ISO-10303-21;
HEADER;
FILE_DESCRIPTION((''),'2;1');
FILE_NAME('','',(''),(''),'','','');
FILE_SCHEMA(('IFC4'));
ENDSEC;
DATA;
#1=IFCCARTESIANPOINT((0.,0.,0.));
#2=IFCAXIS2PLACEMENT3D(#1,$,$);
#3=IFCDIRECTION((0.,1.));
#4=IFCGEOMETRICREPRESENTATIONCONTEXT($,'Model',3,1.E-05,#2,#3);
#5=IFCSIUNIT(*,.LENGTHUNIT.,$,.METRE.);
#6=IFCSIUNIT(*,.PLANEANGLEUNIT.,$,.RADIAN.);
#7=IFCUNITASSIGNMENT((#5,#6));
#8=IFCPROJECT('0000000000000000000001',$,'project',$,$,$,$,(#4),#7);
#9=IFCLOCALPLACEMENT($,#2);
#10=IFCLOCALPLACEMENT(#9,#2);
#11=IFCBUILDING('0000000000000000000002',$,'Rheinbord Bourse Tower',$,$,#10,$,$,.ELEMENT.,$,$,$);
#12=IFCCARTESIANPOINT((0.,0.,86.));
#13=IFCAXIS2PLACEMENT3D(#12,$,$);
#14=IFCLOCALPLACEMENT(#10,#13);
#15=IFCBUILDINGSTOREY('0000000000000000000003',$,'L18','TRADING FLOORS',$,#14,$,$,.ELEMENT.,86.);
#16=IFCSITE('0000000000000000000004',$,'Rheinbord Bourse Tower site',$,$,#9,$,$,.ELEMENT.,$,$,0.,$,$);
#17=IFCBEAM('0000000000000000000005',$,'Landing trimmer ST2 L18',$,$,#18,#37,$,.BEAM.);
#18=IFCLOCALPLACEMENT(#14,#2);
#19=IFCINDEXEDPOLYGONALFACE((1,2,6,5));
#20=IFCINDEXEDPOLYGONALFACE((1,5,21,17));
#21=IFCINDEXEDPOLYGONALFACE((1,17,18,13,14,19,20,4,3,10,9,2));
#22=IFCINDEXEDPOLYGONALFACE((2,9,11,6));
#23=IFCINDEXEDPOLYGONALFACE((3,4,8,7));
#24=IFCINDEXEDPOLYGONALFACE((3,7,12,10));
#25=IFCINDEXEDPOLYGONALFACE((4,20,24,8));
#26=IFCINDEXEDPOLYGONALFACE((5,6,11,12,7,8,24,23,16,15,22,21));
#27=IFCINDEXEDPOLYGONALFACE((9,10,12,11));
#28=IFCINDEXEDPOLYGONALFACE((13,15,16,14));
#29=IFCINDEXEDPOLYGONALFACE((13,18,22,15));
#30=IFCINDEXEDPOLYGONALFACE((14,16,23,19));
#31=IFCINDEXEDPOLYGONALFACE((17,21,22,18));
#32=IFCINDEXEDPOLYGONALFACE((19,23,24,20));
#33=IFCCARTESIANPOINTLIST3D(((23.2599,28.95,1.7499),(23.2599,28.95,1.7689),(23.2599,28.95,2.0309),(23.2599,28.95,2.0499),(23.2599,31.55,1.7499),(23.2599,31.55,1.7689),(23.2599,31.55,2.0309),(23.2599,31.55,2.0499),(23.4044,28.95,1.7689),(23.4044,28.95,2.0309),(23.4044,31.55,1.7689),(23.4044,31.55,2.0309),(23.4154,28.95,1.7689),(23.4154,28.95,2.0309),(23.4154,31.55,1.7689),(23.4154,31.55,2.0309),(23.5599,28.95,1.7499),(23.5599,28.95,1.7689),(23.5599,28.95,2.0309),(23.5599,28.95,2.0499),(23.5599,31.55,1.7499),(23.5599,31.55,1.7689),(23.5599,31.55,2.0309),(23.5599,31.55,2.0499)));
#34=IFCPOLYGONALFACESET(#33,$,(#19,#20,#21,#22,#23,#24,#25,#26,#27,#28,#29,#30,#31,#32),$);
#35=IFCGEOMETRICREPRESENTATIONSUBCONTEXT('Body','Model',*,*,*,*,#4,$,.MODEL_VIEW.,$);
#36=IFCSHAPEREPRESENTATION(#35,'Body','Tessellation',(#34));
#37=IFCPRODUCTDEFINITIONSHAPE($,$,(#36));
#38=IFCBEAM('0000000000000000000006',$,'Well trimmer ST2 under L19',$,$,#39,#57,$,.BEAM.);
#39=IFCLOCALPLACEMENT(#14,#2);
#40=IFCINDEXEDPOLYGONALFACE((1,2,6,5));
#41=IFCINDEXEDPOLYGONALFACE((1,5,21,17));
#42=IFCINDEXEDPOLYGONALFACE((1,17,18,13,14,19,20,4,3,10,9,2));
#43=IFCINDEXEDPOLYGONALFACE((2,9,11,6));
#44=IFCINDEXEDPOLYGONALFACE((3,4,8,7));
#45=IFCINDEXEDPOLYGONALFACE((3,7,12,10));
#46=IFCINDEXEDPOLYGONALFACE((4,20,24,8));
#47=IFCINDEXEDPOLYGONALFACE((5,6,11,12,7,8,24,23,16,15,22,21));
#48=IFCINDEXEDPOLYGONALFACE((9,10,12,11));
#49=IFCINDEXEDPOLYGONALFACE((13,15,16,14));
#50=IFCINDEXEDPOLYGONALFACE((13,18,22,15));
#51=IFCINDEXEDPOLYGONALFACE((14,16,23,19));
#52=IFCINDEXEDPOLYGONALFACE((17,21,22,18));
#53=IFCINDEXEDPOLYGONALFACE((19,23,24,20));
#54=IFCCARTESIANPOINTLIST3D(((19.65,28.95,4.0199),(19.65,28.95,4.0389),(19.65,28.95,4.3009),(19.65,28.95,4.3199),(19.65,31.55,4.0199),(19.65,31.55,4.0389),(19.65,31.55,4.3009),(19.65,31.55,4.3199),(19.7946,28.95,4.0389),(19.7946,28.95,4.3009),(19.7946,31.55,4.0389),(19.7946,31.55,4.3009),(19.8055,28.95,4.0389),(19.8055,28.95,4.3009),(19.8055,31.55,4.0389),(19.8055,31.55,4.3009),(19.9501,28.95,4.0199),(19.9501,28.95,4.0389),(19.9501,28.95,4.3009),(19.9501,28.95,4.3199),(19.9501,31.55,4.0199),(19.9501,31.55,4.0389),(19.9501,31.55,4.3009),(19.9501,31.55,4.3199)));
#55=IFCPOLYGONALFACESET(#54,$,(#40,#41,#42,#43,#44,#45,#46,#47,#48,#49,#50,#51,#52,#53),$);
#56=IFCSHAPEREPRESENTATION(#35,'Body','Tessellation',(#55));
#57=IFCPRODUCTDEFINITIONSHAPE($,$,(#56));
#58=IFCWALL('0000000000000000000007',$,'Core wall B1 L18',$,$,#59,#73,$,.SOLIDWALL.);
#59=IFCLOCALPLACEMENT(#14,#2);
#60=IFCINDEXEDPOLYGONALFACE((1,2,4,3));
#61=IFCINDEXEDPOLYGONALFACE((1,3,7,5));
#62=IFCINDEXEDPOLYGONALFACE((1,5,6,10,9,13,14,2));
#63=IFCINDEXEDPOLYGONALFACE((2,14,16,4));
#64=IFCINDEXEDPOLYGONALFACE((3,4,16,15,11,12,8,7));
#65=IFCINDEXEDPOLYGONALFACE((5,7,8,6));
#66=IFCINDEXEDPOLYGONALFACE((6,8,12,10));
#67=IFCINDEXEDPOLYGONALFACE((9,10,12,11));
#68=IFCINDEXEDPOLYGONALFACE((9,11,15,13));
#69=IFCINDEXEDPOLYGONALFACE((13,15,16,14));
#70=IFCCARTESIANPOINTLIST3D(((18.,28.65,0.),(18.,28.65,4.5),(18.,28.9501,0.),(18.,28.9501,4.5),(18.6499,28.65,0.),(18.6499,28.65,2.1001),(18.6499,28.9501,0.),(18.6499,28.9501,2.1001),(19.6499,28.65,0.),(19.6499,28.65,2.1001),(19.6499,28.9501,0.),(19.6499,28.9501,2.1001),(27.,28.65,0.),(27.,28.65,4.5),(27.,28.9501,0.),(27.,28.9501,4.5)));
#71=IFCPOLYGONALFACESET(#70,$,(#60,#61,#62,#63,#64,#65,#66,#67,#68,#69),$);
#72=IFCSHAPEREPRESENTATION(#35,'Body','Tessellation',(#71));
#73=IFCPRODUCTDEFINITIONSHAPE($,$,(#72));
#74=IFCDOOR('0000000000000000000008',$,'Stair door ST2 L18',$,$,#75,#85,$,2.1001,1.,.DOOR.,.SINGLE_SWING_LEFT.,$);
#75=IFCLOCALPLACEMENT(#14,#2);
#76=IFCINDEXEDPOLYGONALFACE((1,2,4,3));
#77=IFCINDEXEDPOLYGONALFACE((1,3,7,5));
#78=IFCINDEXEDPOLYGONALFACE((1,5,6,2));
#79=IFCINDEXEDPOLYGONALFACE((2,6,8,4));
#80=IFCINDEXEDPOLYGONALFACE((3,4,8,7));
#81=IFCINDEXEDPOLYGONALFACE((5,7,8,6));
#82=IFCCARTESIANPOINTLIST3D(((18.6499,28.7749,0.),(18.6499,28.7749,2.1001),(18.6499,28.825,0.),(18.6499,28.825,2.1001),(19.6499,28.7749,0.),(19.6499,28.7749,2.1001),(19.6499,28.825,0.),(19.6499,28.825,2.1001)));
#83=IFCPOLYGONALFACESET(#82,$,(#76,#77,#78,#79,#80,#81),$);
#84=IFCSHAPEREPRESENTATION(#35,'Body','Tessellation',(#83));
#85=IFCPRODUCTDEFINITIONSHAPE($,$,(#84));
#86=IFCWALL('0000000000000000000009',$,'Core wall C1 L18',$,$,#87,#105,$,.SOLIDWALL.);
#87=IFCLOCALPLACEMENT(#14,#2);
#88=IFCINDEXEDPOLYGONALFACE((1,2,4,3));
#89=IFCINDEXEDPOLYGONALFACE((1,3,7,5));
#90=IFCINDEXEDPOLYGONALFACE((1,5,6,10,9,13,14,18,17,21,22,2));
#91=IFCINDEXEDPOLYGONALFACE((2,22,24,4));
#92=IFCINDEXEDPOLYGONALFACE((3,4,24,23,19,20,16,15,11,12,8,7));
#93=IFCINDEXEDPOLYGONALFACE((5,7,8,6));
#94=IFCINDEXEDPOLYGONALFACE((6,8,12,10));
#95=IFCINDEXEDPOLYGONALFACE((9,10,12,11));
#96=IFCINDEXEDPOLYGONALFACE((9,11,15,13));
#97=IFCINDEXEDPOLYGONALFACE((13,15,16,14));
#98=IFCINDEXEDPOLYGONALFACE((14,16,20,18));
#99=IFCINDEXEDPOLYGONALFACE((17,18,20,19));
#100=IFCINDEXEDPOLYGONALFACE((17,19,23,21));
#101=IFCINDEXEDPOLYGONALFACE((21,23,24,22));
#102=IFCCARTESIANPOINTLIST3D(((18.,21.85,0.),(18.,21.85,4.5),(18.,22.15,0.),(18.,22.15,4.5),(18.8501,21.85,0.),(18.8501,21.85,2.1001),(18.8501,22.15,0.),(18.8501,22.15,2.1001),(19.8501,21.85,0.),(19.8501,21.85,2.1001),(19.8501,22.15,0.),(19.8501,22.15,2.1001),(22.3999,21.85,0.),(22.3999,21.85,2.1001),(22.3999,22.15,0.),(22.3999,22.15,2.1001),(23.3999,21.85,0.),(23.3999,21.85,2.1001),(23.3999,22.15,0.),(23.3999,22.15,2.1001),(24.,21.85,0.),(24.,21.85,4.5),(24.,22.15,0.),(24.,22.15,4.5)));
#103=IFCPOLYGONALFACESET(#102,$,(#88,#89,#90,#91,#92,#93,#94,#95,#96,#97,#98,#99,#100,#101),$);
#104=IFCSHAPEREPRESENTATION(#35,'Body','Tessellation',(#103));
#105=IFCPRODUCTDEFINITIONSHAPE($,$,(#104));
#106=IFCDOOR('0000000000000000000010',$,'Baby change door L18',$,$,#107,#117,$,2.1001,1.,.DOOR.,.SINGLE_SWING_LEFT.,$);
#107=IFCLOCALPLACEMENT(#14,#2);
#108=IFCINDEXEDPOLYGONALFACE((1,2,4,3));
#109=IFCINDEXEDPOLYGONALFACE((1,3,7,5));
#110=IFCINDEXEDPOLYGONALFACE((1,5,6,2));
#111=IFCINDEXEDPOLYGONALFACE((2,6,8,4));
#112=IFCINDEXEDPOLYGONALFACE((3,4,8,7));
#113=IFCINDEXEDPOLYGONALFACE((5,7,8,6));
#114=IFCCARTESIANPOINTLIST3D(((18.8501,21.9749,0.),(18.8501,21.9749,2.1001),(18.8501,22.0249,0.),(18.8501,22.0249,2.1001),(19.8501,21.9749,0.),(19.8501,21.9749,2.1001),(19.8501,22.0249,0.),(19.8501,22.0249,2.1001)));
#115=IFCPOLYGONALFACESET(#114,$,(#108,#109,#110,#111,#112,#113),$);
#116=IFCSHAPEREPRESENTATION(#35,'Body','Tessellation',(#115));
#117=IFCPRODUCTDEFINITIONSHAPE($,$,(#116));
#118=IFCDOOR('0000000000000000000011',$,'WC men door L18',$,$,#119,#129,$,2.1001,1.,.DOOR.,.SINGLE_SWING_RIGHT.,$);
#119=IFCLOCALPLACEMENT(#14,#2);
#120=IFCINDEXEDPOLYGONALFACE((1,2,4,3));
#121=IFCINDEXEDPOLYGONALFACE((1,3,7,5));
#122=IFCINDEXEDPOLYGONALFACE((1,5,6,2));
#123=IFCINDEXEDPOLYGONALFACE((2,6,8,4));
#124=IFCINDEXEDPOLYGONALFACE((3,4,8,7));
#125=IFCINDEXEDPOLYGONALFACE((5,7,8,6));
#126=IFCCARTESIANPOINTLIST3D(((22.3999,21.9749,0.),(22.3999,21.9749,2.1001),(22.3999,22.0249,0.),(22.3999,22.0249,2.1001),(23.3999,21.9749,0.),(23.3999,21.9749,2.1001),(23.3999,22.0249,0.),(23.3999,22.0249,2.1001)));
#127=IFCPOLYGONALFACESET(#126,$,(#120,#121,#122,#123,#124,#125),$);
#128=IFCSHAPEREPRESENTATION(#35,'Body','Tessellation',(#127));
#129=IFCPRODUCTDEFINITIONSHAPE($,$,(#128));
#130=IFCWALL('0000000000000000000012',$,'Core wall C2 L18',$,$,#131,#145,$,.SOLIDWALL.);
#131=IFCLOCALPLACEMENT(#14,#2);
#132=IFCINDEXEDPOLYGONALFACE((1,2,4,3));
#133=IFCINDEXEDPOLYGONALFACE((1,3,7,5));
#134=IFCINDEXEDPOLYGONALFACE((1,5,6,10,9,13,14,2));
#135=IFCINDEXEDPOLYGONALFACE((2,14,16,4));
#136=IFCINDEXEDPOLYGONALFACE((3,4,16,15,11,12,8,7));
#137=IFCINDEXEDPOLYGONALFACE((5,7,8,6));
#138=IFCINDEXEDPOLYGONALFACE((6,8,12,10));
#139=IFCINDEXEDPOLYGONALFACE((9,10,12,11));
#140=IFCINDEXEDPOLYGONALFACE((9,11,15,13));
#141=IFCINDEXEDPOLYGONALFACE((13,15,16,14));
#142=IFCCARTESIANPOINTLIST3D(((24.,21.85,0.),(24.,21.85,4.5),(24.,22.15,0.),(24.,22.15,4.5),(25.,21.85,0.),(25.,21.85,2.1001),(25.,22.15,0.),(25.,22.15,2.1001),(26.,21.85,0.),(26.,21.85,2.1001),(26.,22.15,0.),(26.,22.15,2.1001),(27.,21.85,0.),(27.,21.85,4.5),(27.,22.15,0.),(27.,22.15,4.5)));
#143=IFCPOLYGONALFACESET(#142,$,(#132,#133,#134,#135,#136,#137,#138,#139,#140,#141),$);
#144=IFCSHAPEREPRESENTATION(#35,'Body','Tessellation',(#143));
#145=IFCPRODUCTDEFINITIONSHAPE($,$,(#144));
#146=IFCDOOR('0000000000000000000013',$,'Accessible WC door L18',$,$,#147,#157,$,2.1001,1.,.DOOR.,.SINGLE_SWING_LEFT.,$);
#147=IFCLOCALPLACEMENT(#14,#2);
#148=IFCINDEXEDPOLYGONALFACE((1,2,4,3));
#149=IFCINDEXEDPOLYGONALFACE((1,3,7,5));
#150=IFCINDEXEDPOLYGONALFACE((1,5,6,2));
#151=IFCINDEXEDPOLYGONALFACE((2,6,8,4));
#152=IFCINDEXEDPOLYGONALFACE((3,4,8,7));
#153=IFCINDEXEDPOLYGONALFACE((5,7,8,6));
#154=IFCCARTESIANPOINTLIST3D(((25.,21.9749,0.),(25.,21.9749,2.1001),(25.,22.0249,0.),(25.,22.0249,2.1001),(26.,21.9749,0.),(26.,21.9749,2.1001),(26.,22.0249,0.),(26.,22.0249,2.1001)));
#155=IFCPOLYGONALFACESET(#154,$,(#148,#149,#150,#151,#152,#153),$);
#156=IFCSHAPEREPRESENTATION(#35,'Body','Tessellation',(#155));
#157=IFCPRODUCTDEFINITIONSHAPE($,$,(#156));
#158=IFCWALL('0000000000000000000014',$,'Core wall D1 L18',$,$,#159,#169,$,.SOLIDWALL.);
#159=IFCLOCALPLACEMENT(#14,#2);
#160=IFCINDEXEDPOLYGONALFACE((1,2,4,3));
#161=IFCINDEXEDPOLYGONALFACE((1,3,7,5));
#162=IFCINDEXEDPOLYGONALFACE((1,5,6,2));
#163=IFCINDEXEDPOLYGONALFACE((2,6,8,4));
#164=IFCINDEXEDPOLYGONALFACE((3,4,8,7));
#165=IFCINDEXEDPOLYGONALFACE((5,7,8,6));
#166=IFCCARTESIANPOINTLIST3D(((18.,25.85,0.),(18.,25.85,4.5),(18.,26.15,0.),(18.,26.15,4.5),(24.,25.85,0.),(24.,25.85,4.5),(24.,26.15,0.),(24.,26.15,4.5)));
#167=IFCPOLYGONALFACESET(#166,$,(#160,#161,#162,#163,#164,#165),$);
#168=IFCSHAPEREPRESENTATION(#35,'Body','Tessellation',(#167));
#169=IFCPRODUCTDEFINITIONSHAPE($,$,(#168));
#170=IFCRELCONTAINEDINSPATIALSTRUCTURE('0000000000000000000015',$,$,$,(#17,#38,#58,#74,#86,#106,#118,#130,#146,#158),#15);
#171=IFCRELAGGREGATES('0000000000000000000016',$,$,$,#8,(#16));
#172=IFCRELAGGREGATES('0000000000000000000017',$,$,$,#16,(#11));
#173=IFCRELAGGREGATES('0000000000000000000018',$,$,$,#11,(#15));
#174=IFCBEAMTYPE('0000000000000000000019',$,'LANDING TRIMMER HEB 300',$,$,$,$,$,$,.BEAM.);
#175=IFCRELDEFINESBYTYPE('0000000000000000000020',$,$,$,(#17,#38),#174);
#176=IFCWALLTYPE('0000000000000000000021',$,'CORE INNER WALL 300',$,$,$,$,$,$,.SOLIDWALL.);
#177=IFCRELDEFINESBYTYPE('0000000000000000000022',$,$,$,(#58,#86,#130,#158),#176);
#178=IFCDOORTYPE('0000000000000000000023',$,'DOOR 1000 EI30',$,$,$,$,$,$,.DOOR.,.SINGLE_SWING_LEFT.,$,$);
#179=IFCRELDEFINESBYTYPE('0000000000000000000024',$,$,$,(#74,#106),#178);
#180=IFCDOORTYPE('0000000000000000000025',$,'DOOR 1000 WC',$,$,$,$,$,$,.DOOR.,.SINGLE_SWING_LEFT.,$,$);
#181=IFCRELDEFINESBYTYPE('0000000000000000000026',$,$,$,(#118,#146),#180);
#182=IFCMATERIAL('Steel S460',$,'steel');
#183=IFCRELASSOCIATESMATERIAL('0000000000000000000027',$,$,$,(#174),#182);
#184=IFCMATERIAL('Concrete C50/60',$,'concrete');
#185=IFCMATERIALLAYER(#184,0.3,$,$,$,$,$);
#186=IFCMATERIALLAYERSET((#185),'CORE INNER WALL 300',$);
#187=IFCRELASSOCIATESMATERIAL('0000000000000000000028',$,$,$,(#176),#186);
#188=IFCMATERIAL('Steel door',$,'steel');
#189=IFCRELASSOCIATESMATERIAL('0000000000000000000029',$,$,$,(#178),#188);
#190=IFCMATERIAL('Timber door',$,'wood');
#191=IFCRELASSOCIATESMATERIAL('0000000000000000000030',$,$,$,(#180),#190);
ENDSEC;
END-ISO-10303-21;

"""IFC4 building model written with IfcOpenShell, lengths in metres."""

from ifc_helpers import new_model, si_unit, direction, frame, frame_2d, origin, origin_2d, place, context, subcontext, project, spatial, rectangle, i_section, extrude, material, layer, layer_set, material_profile, profile_set, type_object, element, fill, save


model = new_model("IFC4")

# Units and contexts
model_context = context("Model", 3, precision=1e-05, world=origin(), true_north=direction((0.0, 1.0)))
body_context = subcontext(model_context, "Body", "Model", "MODEL_VIEW")
ifc_project = project(units=[si_unit("LENGTHUNIT", "METRE"), si_unit("PLANEANGLEUNIT", "RADIAN")], contexts=[model_context])

# Site, building, storey
site_placement = place(None, origin())
site = spatial("IfcSite", under=ifc_project, at=site_placement, Name="Rheinbord Bourse Tower site", CompositionType="ELEMENT", RefElevation=0.0)
building_placement = place(site_placement, origin())
building = spatial("IfcBuilding", under=site, at=building_placement, Name="Rheinbord Bourse Tower", CompositionType="ELEMENT")
storey_placement = place(building_placement, frame((0.0, 0.0, 86.0)))
storey = spatial("IfcBuildingStorey", under=building, at=storey_placement, Name="L18", Description="TRADING FLOORS", CompositionType="ELEMENT", Elevation=86.0)

# Beams
ifc_material_1 = material(Name="Steel S460", Category="steel")
ifc_material_profile = material_profile(ifc_material_1, i_section(OverallWidth=0.3, OverallDepth=0.3, WebThickness=0.011, FlangeThickness=0.019, at=origin_2d()), Name="HEB 300")
ifc_profile_set = profile_set([ifc_material_profile], Name="Steel S460")
beam_type = type_object("IfcBeamType", Name="LANDING TRIMMER HEB 300", PredefinedType="BEAM", material=ifc_profile_set)
for number, where, z_axis, x_axis, name in (
    (1, (23.4099, 28.95, 1.8999), (0.0, 1.0, 0.0), (-1.0, 0.0, 0.0), "Landing trimmer ST2 L18"),
    (2, (19.8, 28.95, 4.1699), (0.0, 1.0, 0.0), (-1.0, 0.0, 0.0), "Well trimmer ST2 under L19"),
):
    element("IfcBeam", number, at=place(storey_placement, frame(where, z_axis=z_axis, x_axis=x_axis)), inside=storey, type_object=beam_type, Name=name, PredefinedType="BEAM", context=body_context, shape_type="SweptSolid", body=[
        extrude(i_section(OverallWidth=0.3, OverallDepth=0.3, WebThickness=0.011, FlangeThickness=0.019, at=origin_2d()), origin(), (0.0, 0.0, 1.0), 2.6001),
    ])

# Wall, opening, door
ifc_material_2 = material(Name="Concrete C50/60", Category="concrete")
ifc_layer_1 = layer(ifc_material_2, 0.3)
ifc_layer_set_1 = layer_set([ifc_layer_1], Name="CORE INNER WALL 300")
wall_type_1 = type_object("IfcWallType", Name="CORE INNER WALL 300", PredefinedType="SOLIDWALL", material=ifc_layer_set_1)
wall_1_placement = place(storey_placement, frame((18.0, 28.8, 0.0), z_axis=(0.0, 0.0, 1.0), x_axis=(1.0, 0.0, 0.0)))
wall_1 = element("IfcWall", 3, at=wall_1_placement, inside=storey, type_object=wall_type_1, Name="Core wall B1 L18", PredefinedType="SOLIDWALL", context=body_context, shape_type="SweptSolid", body=[
    extrude(rectangle(XDim=9.0, YDim=0.3, at=frame_2d((4.5, 0.0))), origin(), (0.0, 0.0, 1.0), 4.5),
])
opening_1_placement = place(wall_1_placement, frame((0.6499, 0.0, 0.0)))
opening_1 = element("IfcOpeningElement", 4, at=opening_1_placement, cuts=wall_1, PredefinedType="OPENING", context=body_context, shape_type="SweptSolid", body=[
    extrude(rectangle(XDim=1.0, YDim=2.1001, at=frame_2d((0.5, 1.05))), frame((0.0, 0.1599, 0.0), z_axis=(0.0, -1.0, 0.0), x_axis=(1.0, 0.0, 0.0)), (0.0, 0.0, 1.0), 0.3201),
])
ifc_material_3 = material(Name="Steel door", Category="steel")
door_type_1 = type_object("IfcDoorType", Name="DOOR 1000 EI30", OperationType="SINGLE_SWING_LEFT", PredefinedType="DOOR", material=ifc_material_3)
door_1_placement = place(opening_1_placement, origin())
door_1 = element("IfcDoor", 5, at=door_1_placement, inside=storey, type_object=door_type_1, Name="Stair door ST2 L18", OperationType="SINGLE_SWING_LEFT", OverallHeight=2.1001, OverallWidth=1.0, PredefinedType="DOOR", context=body_context, shape_type="SweptSolid", body=[
    extrude(rectangle(XDim=1.0, YDim=2.1001, at=frame_2d((0.5, 1.05))), frame((0.0, 0.0249, 0.0), z_axis=(0.0, -1.0, 0.0), x_axis=(1.0, 0.0, 0.0)), (0.0, 0.0, 1.0), 0.05),
])
fill(opening_1, door_1)

# Wall, openings, doors
wall_2_placement = place(storey_placement, frame((18.0, 22.0, 0.0), z_axis=(0.0, 0.0, 1.0), x_axis=(1.0, 0.0, 0.0)))
wall_2 = element("IfcWall", 6, at=wall_2_placement, inside=storey, type_object=wall_type_1, Name="Core wall C1 L18", PredefinedType="SOLIDWALL", context=body_context, shape_type="SweptSolid", body=[
    extrude(rectangle(XDim=6.0, YDim=0.3, at=frame_2d((3.0, 0.0))), origin(), (0.0, 0.0, 1.0), 4.5),
])
opening_2_placement = place(wall_2_placement, frame((4.3999, 0.0, 0.0)))
opening_2 = element("IfcOpeningElement", 7, at=opening_2_placement, cuts=wall_2, PredefinedType="OPENING", context=body_context, shape_type="SweptSolid", body=[
    extrude(rectangle(XDim=1.0, YDim=2.1001, at=frame_2d((0.5, 1.05))), frame((0.0, 0.1599, 0.0), z_axis=(0.0, -1.0, 0.0), x_axis=(1.0, 0.0, 0.0)), (0.0, 0.0, 1.0), 0.3201),
])
opening_3_placement = place(wall_2_placement, frame((0.8501, 0.0, 0.0)))
opening_3 = element("IfcOpeningElement", 8, at=opening_3_placement, cuts=wall_2, PredefinedType="OPENING", context=body_context, shape_type="SweptSolid", body=[
    extrude(rectangle(XDim=1.0, YDim=2.1001, at=frame_2d((0.5, 1.05))), frame((0.0, 0.1599, 0.0), z_axis=(0.0, -1.0, 0.0), x_axis=(1.0, 0.0, 0.0)), (0.0, 0.0, 1.0), 0.3201),
])
door_2_placement = place(opening_3_placement, origin())
door_2 = element("IfcDoor", 9, at=door_2_placement, inside=storey, type_object=door_type_1, Name="Baby change door L18", OperationType="SINGLE_SWING_LEFT", OverallHeight=2.1001, OverallWidth=1.0, PredefinedType="DOOR", context=body_context, shape_type="SweptSolid", body=[
    extrude(rectangle(XDim=1.0, YDim=2.1001, at=frame_2d((0.5, 1.05))), frame((0.0, 0.0249, 0.0), z_axis=(0.0, -1.0, 0.0), x_axis=(1.0, 0.0, 0.0)), (0.0, 0.0, 1.0), 0.05),
])
fill(opening_3, door_2)
ifc_material_4 = material(Name="Timber door", Category="wood")
door_type_2 = type_object("IfcDoorType", Name="DOOR 1000 WC", OperationType="SINGLE_SWING_LEFT", PredefinedType="DOOR", material=ifc_material_4)
door_3_placement = place(opening_2_placement, origin())
door_3 = element("IfcDoor", 10, at=door_3_placement, inside=storey, type_object=door_type_2, Name="WC men door L18", OperationType="SINGLE_SWING_RIGHT", OverallHeight=2.1001, OverallWidth=1.0, PredefinedType="DOOR", context=body_context, shape_type="SweptSolid", body=[
    extrude(rectangle(XDim=1.0, YDim=2.1001, at=frame_2d((0.5, 1.05))), frame((0.0, 0.0249, 0.0), z_axis=(0.0, -1.0, 0.0), x_axis=(1.0, 0.0, 0.0)), (0.0, 0.0, 1.0), 0.05),
])
fill(opening_2, door_3)

# Wall, opening, door
wall_3_placement = place(storey_placement, frame((24.0, 22.0, 0.0), z_axis=(0.0, 0.0, 1.0), x_axis=(1.0, 0.0, 0.0)))
wall_3 = element("IfcWall", 11, at=wall_3_placement, inside=storey, type_object=wall_type_1, Name="Core wall C2 L18", PredefinedType="SOLIDWALL", context=body_context, shape_type="SweptSolid", body=[
    extrude(rectangle(XDim=3.0, YDim=0.3, at=frame_2d((1.5, 0.0))), origin(), (0.0, 0.0, 1.0), 4.5),
])
opening_4_placement = place(wall_3_placement, frame((1.0, 0.0, 0.0)))
opening_4 = element("IfcOpeningElement", 12, at=opening_4_placement, cuts=wall_3, PredefinedType="OPENING", context=body_context, shape_type="SweptSolid", body=[
    extrude(rectangle(XDim=1.0, YDim=2.1001, at=frame_2d((0.5, 1.05))), frame((0.0, 0.1599, 0.0), z_axis=(0.0, -1.0, 0.0), x_axis=(1.0, 0.0, 0.0)), (0.0, 0.0, 1.0), 0.3201),
])
door_4_placement = place(opening_4_placement, origin())
door_4 = element("IfcDoor", 13, at=door_4_placement, inside=storey, type_object=door_type_2, Name="Accessible WC door L18", OperationType="SINGLE_SWING_LEFT", OverallHeight=2.1001, OverallWidth=1.0, PredefinedType="DOOR", context=body_context, shape_type="SweptSolid", body=[
    extrude(rectangle(XDim=1.0, YDim=2.1001, at=frame_2d((0.5, 1.05))), frame((0.0, 0.0249, 0.0), z_axis=(0.0, -1.0, 0.0), x_axis=(1.0, 0.0, 0.0)), (0.0, 0.0, 1.0), 0.05),
])
fill(opening_4, door_4)

# Wall
wall_4_placement = place(storey_placement, frame((18.0, 26.0, 0.0), z_axis=(0.0, 0.0, 1.0), x_axis=(1.0, 0.0, 0.0)))
element("IfcWall", 14, at=wall_4_placement, inside=storey, type_object=wall_type_1, Name="Core wall D1 L18", PredefinedType="SOLIDWALL", context=body_context, shape_type="SweptSolid", body=[
    extrude(rectangle(XDim=6.0, YDim=0.3, at=frame_2d((3.0, 0.0))), origin(), (0.0, 0.0, 1.0), 4.5),
])

save(model, "model.ifc")
